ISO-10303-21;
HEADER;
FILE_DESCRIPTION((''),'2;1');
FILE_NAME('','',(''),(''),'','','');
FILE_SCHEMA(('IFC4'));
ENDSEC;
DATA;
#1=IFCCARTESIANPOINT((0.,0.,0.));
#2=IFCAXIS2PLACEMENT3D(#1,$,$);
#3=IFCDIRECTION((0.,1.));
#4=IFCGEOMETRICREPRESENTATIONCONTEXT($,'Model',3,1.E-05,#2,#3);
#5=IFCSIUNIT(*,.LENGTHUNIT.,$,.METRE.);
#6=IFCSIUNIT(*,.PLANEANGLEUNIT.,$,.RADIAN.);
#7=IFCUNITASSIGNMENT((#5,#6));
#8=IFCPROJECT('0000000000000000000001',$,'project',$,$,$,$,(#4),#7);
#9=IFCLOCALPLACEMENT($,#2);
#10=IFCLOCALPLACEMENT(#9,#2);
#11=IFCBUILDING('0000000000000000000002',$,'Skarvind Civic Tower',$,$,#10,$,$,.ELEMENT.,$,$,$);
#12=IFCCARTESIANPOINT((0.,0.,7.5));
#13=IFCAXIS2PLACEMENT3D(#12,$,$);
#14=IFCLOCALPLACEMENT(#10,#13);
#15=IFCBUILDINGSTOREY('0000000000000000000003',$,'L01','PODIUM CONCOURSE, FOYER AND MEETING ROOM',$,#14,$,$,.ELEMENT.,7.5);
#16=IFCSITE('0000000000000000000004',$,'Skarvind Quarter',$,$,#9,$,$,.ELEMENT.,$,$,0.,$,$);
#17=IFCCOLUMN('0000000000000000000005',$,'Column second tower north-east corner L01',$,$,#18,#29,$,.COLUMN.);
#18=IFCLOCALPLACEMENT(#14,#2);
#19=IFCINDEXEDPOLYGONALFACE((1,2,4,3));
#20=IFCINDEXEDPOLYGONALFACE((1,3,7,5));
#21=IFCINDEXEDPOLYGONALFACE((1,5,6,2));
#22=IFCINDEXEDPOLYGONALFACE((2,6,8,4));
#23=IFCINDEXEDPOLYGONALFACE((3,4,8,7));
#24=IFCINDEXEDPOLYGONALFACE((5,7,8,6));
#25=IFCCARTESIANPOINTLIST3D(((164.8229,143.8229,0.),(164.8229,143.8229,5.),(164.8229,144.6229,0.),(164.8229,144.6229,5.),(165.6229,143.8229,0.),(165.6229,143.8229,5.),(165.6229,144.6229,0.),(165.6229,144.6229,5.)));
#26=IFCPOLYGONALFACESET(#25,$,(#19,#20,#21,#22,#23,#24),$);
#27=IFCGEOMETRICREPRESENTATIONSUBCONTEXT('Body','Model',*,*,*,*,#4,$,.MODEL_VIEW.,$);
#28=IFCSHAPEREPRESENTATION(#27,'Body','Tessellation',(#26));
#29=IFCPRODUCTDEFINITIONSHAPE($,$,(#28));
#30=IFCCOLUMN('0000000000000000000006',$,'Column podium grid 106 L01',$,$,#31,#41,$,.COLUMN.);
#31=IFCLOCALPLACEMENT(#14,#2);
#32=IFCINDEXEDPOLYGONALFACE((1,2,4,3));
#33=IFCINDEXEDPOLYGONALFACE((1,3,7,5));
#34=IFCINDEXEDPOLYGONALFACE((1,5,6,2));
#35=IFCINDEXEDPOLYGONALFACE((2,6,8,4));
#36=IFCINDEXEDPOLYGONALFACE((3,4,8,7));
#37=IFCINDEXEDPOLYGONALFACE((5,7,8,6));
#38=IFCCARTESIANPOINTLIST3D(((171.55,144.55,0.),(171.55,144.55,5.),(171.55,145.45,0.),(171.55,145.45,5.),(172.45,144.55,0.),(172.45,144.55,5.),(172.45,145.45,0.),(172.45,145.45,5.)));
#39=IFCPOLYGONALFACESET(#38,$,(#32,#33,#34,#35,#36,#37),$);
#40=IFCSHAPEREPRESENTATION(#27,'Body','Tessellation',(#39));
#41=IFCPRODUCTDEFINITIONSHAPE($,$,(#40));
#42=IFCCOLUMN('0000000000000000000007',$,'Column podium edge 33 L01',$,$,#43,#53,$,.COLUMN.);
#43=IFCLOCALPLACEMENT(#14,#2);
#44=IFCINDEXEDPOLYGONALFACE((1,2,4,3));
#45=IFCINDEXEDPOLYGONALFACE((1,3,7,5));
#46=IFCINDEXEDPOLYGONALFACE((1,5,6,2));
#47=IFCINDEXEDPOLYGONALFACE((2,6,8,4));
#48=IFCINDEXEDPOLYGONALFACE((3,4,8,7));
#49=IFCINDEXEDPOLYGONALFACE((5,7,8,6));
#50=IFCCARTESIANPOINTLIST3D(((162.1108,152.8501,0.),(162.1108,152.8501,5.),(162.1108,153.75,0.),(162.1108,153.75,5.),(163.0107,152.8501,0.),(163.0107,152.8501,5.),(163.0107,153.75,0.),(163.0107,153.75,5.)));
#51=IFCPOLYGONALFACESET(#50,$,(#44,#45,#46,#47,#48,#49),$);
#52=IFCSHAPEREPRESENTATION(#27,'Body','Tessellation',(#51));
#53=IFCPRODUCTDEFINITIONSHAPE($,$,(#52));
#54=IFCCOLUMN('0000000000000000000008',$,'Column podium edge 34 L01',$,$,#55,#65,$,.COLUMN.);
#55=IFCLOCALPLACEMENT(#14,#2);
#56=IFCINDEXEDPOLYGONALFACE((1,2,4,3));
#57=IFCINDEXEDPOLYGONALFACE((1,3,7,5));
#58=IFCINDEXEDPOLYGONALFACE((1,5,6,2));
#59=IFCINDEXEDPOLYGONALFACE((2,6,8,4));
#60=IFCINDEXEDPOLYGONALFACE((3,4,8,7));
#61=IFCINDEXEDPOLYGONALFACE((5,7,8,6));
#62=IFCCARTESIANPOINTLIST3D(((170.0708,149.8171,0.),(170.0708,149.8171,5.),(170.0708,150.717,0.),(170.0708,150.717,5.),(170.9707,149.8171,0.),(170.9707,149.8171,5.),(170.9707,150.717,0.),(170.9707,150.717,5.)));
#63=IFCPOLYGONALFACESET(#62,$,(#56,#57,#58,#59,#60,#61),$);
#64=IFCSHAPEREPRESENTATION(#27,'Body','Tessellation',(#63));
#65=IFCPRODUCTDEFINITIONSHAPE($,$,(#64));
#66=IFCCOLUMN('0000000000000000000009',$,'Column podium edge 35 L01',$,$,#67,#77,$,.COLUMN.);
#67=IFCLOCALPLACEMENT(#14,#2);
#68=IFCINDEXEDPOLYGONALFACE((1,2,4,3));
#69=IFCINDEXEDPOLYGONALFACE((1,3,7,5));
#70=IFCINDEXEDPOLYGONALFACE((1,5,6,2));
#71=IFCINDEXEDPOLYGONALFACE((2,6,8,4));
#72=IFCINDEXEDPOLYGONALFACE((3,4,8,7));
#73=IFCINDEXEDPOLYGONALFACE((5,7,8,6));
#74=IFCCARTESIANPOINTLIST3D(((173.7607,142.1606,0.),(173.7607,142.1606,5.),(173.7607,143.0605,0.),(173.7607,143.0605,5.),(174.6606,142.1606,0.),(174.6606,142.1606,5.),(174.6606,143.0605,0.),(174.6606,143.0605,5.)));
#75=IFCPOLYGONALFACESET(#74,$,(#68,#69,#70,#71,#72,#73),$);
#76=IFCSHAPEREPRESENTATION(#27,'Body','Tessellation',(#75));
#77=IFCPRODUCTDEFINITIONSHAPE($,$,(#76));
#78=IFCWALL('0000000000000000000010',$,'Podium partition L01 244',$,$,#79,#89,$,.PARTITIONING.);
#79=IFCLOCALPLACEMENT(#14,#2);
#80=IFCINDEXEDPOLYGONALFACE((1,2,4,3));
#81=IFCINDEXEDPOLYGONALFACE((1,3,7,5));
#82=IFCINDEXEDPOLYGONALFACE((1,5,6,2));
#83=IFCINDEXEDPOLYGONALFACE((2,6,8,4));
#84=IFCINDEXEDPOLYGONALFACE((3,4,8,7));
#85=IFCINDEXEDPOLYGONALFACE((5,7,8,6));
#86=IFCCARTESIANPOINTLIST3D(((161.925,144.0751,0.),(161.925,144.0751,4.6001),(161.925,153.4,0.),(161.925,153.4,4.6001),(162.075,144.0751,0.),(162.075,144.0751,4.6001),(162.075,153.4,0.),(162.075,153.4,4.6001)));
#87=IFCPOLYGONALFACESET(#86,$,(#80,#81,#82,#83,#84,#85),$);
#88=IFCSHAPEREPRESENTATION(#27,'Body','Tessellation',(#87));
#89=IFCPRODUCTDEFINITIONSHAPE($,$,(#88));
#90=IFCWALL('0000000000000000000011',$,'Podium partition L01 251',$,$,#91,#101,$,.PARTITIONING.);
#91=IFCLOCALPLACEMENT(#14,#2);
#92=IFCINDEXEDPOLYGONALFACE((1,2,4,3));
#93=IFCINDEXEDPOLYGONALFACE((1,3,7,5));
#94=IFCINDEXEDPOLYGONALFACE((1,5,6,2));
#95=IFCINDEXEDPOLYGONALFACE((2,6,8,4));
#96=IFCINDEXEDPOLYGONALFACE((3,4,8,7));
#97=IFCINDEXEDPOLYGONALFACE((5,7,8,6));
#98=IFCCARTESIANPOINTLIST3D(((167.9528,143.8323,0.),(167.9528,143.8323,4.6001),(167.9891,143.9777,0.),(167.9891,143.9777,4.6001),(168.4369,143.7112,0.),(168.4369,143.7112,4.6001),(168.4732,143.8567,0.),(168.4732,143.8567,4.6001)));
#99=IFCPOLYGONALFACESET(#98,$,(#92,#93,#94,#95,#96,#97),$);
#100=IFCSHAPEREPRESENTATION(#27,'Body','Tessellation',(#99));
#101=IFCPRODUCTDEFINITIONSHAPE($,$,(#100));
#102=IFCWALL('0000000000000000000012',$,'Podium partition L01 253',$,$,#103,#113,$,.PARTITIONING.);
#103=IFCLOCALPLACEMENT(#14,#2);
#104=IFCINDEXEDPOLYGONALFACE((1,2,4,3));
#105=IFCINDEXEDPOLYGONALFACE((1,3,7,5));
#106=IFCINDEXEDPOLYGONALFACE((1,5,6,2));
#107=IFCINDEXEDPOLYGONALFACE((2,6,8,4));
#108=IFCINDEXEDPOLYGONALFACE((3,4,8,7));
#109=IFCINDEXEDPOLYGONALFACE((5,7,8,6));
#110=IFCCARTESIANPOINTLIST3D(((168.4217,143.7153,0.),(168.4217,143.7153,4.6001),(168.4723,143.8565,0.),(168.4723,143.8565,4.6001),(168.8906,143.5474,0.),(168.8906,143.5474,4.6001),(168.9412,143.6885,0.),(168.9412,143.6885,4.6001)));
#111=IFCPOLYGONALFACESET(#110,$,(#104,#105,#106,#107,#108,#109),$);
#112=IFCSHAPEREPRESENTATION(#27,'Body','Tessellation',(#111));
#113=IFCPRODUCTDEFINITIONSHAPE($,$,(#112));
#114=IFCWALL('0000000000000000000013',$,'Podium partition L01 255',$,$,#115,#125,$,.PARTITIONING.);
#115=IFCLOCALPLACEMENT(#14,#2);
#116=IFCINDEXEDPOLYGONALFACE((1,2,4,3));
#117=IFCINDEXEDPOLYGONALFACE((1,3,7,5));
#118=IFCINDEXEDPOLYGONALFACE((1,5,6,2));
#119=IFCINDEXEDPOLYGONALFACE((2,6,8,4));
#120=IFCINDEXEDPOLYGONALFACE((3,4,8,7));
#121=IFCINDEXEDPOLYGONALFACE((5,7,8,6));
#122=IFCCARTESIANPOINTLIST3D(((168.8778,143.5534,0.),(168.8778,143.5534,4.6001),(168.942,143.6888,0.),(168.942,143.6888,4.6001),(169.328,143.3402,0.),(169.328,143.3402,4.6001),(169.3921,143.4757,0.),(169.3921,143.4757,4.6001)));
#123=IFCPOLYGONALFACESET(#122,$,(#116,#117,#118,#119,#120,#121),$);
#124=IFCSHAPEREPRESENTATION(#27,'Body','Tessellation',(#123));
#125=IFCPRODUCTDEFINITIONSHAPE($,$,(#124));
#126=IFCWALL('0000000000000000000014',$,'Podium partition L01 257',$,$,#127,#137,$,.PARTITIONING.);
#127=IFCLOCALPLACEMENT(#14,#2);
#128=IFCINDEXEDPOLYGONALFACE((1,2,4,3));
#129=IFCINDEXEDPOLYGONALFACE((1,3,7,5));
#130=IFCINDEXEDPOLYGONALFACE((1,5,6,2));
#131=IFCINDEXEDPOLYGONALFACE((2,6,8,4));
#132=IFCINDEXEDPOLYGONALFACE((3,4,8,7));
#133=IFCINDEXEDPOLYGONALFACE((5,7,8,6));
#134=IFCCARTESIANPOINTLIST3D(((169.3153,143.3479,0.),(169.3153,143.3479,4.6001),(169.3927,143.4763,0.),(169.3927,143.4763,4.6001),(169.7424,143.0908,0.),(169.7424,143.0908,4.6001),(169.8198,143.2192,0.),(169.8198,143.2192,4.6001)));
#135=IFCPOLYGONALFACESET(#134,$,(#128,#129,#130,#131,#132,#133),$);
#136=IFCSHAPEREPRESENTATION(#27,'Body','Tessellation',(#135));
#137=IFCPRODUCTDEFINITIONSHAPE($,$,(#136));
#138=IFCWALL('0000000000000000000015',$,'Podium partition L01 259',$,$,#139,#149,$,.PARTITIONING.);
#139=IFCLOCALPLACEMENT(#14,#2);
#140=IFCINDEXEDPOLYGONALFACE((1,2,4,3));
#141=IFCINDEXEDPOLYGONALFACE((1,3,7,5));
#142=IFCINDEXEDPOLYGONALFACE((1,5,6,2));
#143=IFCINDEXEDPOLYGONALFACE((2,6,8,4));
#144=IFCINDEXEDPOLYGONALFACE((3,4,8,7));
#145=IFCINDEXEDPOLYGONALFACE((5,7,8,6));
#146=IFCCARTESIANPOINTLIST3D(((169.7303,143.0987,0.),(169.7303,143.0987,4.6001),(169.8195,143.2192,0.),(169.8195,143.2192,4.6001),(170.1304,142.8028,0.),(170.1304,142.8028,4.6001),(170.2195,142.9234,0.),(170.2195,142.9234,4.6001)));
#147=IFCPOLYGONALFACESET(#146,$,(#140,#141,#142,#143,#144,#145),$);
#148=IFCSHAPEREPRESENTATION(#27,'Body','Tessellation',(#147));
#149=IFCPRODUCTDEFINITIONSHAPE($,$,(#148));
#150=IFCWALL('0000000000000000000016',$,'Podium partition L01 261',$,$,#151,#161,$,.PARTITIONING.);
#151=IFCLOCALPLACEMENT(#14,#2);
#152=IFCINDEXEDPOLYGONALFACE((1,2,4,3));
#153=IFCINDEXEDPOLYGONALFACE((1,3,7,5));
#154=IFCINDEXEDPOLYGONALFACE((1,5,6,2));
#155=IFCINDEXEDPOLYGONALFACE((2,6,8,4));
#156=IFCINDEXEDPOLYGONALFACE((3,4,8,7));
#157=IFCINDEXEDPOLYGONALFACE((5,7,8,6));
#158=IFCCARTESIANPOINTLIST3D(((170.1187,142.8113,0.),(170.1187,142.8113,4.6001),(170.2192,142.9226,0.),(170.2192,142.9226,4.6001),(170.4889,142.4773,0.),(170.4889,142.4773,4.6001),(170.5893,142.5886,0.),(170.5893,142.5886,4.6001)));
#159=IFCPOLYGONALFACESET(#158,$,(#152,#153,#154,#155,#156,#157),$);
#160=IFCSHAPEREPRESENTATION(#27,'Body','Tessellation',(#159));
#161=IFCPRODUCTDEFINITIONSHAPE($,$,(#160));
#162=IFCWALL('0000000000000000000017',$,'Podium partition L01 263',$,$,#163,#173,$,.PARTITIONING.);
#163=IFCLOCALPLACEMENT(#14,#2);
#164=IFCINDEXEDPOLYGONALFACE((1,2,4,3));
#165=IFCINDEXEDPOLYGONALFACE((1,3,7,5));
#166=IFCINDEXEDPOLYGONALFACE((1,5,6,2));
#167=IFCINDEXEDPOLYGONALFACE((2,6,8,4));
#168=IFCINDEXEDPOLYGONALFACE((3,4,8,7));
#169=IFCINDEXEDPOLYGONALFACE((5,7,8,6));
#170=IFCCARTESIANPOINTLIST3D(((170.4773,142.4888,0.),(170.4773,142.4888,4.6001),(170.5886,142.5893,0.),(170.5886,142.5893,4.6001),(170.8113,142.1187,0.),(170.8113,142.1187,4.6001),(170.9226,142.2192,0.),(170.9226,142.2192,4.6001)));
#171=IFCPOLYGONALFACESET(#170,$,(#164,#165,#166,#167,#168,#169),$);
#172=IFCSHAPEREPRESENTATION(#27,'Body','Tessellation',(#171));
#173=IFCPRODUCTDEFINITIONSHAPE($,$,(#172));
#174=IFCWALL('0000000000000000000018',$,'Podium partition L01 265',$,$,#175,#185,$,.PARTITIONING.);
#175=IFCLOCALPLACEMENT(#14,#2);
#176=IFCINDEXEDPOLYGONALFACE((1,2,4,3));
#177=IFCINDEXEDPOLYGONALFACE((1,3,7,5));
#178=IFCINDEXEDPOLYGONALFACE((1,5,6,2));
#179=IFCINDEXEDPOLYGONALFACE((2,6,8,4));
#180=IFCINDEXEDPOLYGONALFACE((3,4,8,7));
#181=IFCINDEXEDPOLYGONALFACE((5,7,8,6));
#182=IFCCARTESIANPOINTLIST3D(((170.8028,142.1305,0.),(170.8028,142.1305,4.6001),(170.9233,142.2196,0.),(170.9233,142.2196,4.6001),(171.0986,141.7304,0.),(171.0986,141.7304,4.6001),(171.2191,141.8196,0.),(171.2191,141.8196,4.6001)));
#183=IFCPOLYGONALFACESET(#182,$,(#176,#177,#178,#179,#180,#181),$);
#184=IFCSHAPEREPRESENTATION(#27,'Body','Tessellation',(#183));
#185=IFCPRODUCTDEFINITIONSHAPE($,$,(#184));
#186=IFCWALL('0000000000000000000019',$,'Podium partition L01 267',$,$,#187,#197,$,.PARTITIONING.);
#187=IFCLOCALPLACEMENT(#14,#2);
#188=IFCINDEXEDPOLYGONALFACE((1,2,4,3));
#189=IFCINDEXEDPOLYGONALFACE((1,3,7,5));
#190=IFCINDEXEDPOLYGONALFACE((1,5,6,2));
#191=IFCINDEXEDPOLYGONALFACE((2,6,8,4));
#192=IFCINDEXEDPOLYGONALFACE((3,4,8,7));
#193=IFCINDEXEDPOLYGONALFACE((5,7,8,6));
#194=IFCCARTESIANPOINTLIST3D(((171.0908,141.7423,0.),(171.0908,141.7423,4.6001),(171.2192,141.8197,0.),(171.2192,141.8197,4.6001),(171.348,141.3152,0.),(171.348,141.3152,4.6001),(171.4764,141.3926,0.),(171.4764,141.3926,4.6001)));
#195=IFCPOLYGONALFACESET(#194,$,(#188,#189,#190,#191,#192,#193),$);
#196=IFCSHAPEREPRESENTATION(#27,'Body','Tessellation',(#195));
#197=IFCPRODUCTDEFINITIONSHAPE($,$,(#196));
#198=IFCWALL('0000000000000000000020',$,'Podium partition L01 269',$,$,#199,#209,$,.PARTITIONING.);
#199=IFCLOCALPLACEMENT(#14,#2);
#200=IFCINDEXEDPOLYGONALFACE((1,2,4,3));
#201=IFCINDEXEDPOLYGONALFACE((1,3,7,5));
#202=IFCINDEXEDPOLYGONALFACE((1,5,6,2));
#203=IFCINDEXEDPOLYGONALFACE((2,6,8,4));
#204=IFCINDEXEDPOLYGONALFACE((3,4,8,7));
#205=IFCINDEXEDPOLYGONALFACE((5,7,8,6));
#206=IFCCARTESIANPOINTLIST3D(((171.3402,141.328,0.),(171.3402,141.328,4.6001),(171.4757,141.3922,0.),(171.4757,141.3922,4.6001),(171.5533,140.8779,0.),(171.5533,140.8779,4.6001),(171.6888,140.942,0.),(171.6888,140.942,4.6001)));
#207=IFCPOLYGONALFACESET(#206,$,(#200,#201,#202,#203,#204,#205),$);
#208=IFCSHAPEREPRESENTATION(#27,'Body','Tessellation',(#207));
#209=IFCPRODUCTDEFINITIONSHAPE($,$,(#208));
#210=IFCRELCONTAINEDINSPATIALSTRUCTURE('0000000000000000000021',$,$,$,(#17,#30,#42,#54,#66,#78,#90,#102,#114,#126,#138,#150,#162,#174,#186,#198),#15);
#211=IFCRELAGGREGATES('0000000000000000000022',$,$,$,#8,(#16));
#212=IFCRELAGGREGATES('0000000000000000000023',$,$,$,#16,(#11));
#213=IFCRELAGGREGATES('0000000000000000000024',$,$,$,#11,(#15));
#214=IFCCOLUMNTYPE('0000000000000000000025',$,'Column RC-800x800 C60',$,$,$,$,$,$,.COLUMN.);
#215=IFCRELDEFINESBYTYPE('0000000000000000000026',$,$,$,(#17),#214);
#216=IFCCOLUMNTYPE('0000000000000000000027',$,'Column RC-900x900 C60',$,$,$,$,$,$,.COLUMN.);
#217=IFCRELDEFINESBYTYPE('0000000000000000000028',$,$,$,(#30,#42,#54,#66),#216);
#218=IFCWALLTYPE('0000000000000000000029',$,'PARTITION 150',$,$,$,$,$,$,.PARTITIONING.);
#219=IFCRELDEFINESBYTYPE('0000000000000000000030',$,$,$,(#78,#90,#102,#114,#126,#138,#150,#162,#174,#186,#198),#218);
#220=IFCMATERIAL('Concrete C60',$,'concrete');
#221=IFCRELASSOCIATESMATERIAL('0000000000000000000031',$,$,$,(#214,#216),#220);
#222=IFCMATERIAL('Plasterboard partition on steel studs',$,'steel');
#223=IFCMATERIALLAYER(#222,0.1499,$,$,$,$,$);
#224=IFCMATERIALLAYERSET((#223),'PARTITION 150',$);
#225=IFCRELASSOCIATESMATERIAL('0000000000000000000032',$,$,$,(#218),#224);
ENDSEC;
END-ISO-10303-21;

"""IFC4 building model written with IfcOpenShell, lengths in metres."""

from ifc_helpers import new_model, si_unit, direction, frame, frame_2d, origin, origin_2d, place, context, subcontext, project, spatial, rectangle, extrude, material, layer, layer_set, material_profile, profile_set, type_object, element, save


model = new_model("IFC4")

# Units and contexts
model_context = context("Model", 3, precision=1e-05, world=origin(), true_north=direction((0.0, 1.0)))
body_context = subcontext(model_context, "Body", "Model", "MODEL_VIEW")
ifc_project = project(units=[si_unit("LENGTHUNIT", "METRE"), si_unit("PLANEANGLEUNIT", "RADIAN")], contexts=[model_context])

# Site, building, storey
site_placement = place(None, origin())
site = spatial("IfcSite", under=ifc_project, at=site_placement, Name="Skarvind Quarter", CompositionType="ELEMENT", RefElevation=0.0)
building_placement = place(site_placement, origin())
building = spatial("IfcBuilding", under=site, at=building_placement, Name="Skarvind Civic Tower", CompositionType="ELEMENT")
storey_placement = place(building_placement, frame((0.0, 0.0, 7.5)))
storey = spatial("IfcBuildingStorey", under=building, at=storey_placement, Name="L01", Description="PODIUM CONCOURSE, FOYER AND MEETING ROOM", CompositionType="ELEMENT", Elevation=7.5)

# Columns
ifc_material_1 = material(Name="Concrete C60", Category="concrete")
ifc_material_profile_1 = material_profile(ifc_material_1, rectangle(XDim=0.8, YDim=0.8, at=origin_2d()), Name="RC-800x800")
ifc_profile_set_1 = profile_set([ifc_material_profile_1], Name="Concrete C60")
column_type_1 = type_object("IfcColumnType", Name="Column RC-800x800 C60", PredefinedType="COLUMN", material=ifc_profile_set_1)
column_placement = place(storey_placement, frame((165.2229, 144.2229, 0.0), z_axis=(0.0, 0.0, 1.0), x_axis=(1.0, 0.0, 0.0)))
element("IfcColumn", 1, at=column_placement, inside=storey, type_object=column_type_1, Name="Column second tower north-east corner L01", PredefinedType="COLUMN", context=body_context, shape_type="SweptSolid", body=[
    extrude(rectangle(XDim=0.8, YDim=0.8, at=origin_2d()), origin(), (0.0, 0.0, 1.0), 5.0),
])
ifc_material_profile_2 = material_profile(ifc_material_1, rectangle(XDim=0.8999, YDim=0.8999, at=origin_2d()), Name="RC-900x900")
ifc_profile_set_2 = profile_set([ifc_material_profile_2], Name="Concrete C60")
column_type_2 = type_object("IfcColumnType", Name="Column RC-900x900 C60", PredefinedType="COLUMN", material=ifc_profile_set_2)
for number, where, z_axis, x_axis, name in (
    (2, (172.0, 145.0, 0.0), (0.0, 0.0, 1.0), (1.0, 0.0, 0.0), "Column podium grid 106 L01"),
    (3, (162.5608, 153.3, 0.0), (0.0, 0.0, 1.0), (1.0, 0.0, 0.0), "Column podium edge 33 L01"),
    (4, (170.5208, 150.2671, 0.0), (0.0, 0.0, 1.0), (1.0, 0.0, 0.0), "Column podium edge 34 L01"),
    (5, (174.2107, 142.6106, 0.0), (0.0, 0.0, 1.0), (1.0, 0.0, 0.0), "Column podium edge 35 L01"),
):
    element("IfcColumn", number, at=place(storey_placement, frame(where, z_axis=z_axis, x_axis=x_axis)), inside=storey, type_object=column_type_2, Name=name, PredefinedType="COLUMN", context=body_context, shape_type="SweptSolid", body=[
        extrude(rectangle(XDim=0.8999, YDim=0.8999, at=origin_2d()), origin(), (0.0, 0.0, 1.0), 5.0),
    ])

# Walls
ifc_material_2 = material(Name="Plasterboard partition on steel studs", Category="steel")
ifc_layer_1 = layer(ifc_material_2, 0.1499)
ifc_layer_set_1 = layer_set([ifc_layer_1], Name="PARTITION 150")
wall_type_1 = type_object("IfcWallType", Name="PARTITION 150", PredefinedType="PARTITIONING", material=ifc_layer_set_1)
wall_1_placement = place(storey_placement, frame((162.0, 144.075, 0.0), z_axis=(0.0, 0.0, 1.0), x_axis=(0.0, 1.0, 0.0)))
element("IfcWall", 6, at=wall_1_placement, inside=storey, type_object=wall_type_1, Name="Podium partition L01 244", PredefinedType="PARTITIONING", context=body_context, shape_type="SweptSolid", body=[
    extrude(rectangle(XDim=9.325, YDim=0.1499, at=frame_2d((4.6626, 0.0))), origin(), (0.0, 0.0, 1.0), 4.6001),
])
wall_2_placement = place(storey_placement, frame((167.9709, 143.905, 0.0), z_axis=(0.0, 0.0, 1.0), x_axis=(0.970114, -0.242651, 0.0)))
element("IfcWall", 7, at=wall_2_placement, inside=storey, type_object=wall_type_1, Name="Podium partition L01 251", PredefinedType="PARTITIONING", context=body_context, shape_type="SweptSolid", body=[
    extrude(rectangle(XDim=0.499, YDim=0.1499, at=frame_2d((0.2495, 0.0))), origin(), (0.0, 0.0, 1.0), 4.6001),
])
for number, where, z_axis, x_axis, name in (
    (8, (168.447, 143.7859, 0.0), (0.0, 0.0, 1.0), (0.941442, -0.337174, 0.0), "Podium partition L01 253"),
    (9, (168.9099, 143.6211, 0.0), (0.0, 0.0, 1.0), (0.903828, -0.427897, 0.0), "Podium partition L01 255"),
):
    element("IfcWall", number, at=place(storey_placement, frame(where, z_axis=z_axis, x_axis=x_axis)), inside=storey, type_object=wall_type_1, Name=name, PredefinedType="PARTITIONING", context=body_context, shape_type="SweptSolid", body=[
        extrude(rectangle(XDim=0.498, YDim=0.1499, at=frame_2d((0.249, 0.0))), origin(), (0.0, 0.0, 1.0), 4.6001),
    ])
wall_3_placement = place(storey_placement, frame((169.354, 143.4121, 0.0), z_axis=(0.0, 0.0, 1.0), x_axis=(0.856714, -0.515792, 0.0)))
element("IfcWall", 10, at=wall_3_placement, inside=storey, type_object=wall_type_1, Name="Podium partition L01 257", PredefinedType="PARTITIONING", context=body_context, shape_type="SweptSolid", body=[
    extrude(rectangle(XDim=0.4985, YDim=0.1499, at=frame_2d((0.2493, 0.0))), origin(), (0.0, 0.0, 1.0), 4.6001),
])
wall_4_placement = place(storey_placement, frame((169.7749, 143.1589, 0.0), z_axis=(0.0, 0.0, 1.0), x_axis=(0.804044, -0.59457, 0.0)))
element("IfcWall", 11, at=wall_4_placement, inside=storey, type_object=wall_type_1, Name="Podium partition L01 259", PredefinedType="PARTITIONING", context=body_context, shape_type="SweptSolid", body=[
    extrude(rectangle(XDim=0.4976, YDim=0.1499, at=frame_2d((0.2488, 0.0))), origin(), (0.0, 0.0, 1.0), 4.6001),
])
for number, where, z_axis, x_axis, name in (
    (12, (170.1689, 142.8669, 0.0), (0.0, 0.0, 1.0), (0.742417, -0.669938, 0.0), "Podium partition L01 261"),
    (13, (170.533, 142.5391, 0.0), (0.0, 0.0, 1.0), (0.669938, -0.742417, 0.0), "Podium partition L01 263"),
):
    element("IfcWall", number, at=place(storey_placement, frame(where, z_axis=z_axis, x_axis=x_axis)), inside=storey, type_object=wall_type_1, Name=name, PredefinedType="PARTITIONING", context=body_context, shape_type="SweptSolid", body=[
        extrude(rectangle(XDim=0.4985, YDim=0.1499, at=frame_2d((0.2493, 0.0))), origin(), (0.0, 0.0, 1.0), 4.6001),
    ])
wall_5_placement = place(storey_placement, frame((170.863, 142.175, 0.0), z_axis=(0.0, 0.0, 1.0), x_axis=(0.59457, -0.804044, 0.0)))
element("IfcWall", 14, at=wall_5_placement, inside=storey, type_object=wall_type_1, Name="Podium partition L01 265", PredefinedType="PARTITIONING", context=body_context, shape_type="SweptSolid", body=[
    extrude(rectangle(XDim=0.4976, YDim=0.1499, at=frame_2d((0.2488, 0.0))), origin(), (0.0, 0.0, 1.0), 4.6001),
])
wall_6_placement = place(storey_placement, frame((171.155, 141.781, 0.0), z_axis=(0.0, 0.0, 1.0), x_axis=(0.515792, -0.856714, 0.0)))
element("IfcWall", 15, at=wall_6_placement, inside=storey, type_object=wall_type_1, Name="Podium partition L01 267", PredefinedType="PARTITIONING", context=body_context, shape_type="SweptSolid", body=[
    extrude(rectangle(XDim=0.4985, YDim=0.1499, at=frame_2d((0.2493, 0.0))), origin(), (0.0, 0.0, 1.0), 4.6001),
])
for number, where, z_axis, x_axis, name in (
    (16, (171.408, 141.3601, 0.0), (0.0, 0.0, 1.0), (0.427897, -0.903828, 0.0), "Podium partition L01 269"),
):
    element("IfcWall", number, at=place(storey_placement, frame(where, z_axis=z_axis, x_axis=x_axis)), inside=storey, type_object=wall_type_1, Name=name, PredefinedType="PARTITIONING", context=body_context, shape_type="SweptSolid", body=[
        extrude(rectangle(XDim=0.498, YDim=0.1499, at=frame_2d((0.249, 0.0))), origin(), (0.0, 0.0, 1.0), 4.6001),
    ])

save(model, "model.ifc")
